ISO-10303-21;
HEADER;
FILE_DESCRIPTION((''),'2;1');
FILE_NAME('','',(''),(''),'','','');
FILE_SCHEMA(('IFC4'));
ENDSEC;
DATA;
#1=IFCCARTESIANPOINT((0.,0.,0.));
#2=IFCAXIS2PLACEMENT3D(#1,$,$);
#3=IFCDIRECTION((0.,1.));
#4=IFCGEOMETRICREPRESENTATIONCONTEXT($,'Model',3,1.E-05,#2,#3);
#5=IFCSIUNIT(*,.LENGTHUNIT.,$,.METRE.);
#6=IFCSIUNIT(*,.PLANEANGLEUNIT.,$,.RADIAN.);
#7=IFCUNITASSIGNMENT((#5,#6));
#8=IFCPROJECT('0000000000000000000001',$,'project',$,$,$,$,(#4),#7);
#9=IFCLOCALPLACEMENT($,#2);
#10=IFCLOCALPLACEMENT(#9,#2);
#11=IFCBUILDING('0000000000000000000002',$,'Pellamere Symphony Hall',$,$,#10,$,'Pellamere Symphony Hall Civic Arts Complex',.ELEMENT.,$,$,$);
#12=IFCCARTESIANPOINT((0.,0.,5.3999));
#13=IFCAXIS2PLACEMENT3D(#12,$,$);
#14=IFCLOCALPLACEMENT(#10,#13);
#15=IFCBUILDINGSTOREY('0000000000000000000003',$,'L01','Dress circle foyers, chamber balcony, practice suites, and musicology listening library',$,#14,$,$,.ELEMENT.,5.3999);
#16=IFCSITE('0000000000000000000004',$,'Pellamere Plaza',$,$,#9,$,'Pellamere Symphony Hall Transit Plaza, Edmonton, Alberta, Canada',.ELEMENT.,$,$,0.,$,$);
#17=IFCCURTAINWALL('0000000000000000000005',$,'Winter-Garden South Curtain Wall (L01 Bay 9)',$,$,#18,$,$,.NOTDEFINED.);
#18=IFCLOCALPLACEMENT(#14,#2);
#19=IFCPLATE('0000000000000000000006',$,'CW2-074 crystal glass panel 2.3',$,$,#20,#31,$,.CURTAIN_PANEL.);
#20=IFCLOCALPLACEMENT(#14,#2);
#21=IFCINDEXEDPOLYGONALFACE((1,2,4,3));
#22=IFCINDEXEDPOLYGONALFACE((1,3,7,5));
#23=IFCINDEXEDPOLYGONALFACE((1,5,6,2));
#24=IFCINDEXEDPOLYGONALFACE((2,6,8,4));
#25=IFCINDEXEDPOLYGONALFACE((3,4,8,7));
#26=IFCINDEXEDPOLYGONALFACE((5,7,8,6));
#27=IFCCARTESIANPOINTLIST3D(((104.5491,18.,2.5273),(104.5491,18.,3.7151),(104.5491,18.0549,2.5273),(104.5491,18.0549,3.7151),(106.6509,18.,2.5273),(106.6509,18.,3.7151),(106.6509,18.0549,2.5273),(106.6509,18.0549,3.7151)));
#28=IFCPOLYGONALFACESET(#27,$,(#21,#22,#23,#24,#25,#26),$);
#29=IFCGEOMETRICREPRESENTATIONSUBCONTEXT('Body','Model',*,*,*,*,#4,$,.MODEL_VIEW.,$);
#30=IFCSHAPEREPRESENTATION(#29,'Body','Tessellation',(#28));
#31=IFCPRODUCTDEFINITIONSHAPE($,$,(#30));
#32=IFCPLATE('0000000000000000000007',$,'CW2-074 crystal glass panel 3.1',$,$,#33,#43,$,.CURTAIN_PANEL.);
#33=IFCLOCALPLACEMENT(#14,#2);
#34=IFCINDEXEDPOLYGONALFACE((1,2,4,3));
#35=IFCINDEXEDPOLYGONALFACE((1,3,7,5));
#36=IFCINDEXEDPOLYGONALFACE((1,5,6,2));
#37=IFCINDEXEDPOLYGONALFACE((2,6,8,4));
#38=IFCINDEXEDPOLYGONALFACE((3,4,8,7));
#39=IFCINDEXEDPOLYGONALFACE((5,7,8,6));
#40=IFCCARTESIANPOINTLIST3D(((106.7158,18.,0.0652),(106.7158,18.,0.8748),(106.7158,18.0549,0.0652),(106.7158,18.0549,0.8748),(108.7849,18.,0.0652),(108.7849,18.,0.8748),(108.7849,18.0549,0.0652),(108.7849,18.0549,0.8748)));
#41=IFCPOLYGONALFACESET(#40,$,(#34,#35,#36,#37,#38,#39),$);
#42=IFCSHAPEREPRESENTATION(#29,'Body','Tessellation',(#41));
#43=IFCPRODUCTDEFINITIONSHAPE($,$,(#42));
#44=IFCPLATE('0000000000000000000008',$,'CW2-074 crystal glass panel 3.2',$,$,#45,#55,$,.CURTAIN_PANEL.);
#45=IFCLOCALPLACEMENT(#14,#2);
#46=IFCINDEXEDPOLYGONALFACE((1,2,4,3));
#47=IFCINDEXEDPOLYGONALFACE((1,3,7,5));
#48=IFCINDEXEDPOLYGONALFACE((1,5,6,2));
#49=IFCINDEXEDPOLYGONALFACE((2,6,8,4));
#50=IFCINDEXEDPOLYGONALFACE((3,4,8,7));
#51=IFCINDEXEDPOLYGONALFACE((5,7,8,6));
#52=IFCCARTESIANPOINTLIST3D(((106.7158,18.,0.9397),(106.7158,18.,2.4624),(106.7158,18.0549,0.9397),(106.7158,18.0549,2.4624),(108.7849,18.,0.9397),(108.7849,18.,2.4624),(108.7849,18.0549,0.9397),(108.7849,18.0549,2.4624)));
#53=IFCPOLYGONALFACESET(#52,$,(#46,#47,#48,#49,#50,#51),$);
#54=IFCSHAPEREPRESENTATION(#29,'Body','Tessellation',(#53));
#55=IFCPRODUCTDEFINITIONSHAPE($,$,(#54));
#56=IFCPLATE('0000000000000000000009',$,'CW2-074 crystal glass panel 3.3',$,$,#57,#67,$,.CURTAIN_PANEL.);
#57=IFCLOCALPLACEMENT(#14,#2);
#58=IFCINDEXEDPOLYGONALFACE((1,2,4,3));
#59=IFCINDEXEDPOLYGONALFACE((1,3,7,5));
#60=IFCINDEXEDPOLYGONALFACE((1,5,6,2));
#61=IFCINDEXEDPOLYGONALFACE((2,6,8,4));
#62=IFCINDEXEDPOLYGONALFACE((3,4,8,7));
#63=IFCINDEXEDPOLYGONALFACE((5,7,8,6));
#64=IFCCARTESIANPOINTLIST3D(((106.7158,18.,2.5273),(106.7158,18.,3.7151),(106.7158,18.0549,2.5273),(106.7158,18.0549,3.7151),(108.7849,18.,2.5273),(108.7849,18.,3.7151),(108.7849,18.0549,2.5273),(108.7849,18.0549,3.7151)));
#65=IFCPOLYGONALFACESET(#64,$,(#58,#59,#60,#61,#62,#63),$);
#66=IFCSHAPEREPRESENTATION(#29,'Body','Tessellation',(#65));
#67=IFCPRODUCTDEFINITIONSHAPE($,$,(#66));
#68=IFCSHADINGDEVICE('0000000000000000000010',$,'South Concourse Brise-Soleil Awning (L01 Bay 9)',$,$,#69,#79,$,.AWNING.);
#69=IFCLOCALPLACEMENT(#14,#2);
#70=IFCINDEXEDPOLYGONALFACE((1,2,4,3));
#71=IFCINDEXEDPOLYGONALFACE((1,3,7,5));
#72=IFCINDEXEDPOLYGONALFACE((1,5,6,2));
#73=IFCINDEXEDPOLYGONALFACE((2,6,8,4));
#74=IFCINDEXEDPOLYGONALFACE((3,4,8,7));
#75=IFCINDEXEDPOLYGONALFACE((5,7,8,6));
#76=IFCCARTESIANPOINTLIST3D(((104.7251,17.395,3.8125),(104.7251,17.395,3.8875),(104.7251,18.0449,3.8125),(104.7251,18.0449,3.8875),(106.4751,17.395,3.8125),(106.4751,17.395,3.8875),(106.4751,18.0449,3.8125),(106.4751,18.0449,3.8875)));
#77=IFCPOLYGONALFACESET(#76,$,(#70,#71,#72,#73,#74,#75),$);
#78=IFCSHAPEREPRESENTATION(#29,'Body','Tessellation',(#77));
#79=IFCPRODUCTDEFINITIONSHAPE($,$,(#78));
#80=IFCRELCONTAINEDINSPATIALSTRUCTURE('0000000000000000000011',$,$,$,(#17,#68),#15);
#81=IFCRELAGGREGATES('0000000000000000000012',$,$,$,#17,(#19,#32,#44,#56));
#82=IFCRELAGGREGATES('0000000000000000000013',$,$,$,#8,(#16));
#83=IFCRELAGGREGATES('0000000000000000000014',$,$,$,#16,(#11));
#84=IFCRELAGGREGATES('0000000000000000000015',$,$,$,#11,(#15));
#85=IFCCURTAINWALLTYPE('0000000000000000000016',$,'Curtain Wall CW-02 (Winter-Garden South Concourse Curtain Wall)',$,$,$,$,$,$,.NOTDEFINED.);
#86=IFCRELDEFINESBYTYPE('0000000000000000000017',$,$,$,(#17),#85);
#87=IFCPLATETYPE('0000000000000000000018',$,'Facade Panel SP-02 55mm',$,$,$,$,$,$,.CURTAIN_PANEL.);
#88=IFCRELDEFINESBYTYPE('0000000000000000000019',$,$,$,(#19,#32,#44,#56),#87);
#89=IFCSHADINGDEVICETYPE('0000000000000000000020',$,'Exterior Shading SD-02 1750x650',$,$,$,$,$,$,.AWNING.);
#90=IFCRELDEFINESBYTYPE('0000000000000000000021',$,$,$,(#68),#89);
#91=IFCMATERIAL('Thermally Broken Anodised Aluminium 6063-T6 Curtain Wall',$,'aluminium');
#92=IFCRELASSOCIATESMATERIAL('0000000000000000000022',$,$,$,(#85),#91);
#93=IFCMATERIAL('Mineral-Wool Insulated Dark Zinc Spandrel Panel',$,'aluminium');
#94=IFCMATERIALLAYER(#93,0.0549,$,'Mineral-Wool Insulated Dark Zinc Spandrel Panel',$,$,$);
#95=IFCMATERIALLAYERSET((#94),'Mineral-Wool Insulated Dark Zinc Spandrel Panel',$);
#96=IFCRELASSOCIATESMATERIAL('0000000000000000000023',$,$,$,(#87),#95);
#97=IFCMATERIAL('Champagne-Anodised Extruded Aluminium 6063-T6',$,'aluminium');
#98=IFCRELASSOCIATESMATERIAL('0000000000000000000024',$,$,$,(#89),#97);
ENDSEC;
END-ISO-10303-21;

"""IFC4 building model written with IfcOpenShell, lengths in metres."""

from ifc_helpers import new_model, si_unit, direction, frame, origin, origin_2d, place, context, subcontext, project, spatial, polyline, rectangle, outline, extrude, material, layer, layer_set, type_object, element, aggregate, save


model = new_model("IFC4")

# Units and contexts
model_context = context("Model", 3, precision=1e-05, world=origin(), true_north=direction((0.0, 1.0)))
body_context = subcontext(model_context, "Body", "Model", "MODEL_VIEW")
ifc_project = project(units=[si_unit("LENGTHUNIT", "METRE"), si_unit("PLANEANGLEUNIT", "RADIAN")], contexts=[model_context])

# Site, building, storey
site_placement = place(None, origin())
site = spatial("IfcSite", under=ifc_project, at=site_placement, Name="Pellamere Plaza", LongName="Pellamere Symphony Hall Transit Plaza, Edmonton, Alberta, Canada", CompositionType="ELEMENT", RefElevation=0.0)
building_placement = place(site_placement, origin())
building = spatial("IfcBuilding", under=site, at=building_placement, Name="Pellamere Symphony Hall", LongName="Pellamere Symphony Hall Civic Arts Complex", CompositionType="ELEMENT")
storey_placement = place(building_placement, frame((0.0, 0.0, 5.3999)))
storey = spatial("IfcBuildingStorey", under=building, at=storey_placement, Name="L01", Description="Dress circle foyers, chamber balcony, practice suites, and musicology listening library", CompositionType="ELEMENT", Elevation=5.3999)

# Shared definitions
ifc_material_1 = material(Name="Thermally Broken Anodised Aluminium 6063-T6 Curtain Wall", Category="aluminium")
curtain_wall_type = type_object("IfcCurtainWallType", Name="Curtain Wall CW-02 (Winter-Garden South Concourse Curtain Wall)", PredefinedType="NOTDEFINED", material=ifc_material_1)

# Curtain wall
curtain_wall_1_placement = place(storey_placement, origin())
curtain_wall_1 = element("IfcCurtainWall", 1, at=curtain_wall_1_placement, inside=storey, type_object=curtain_wall_type, Name="Winter-Garden South Curtain Wall (L01 Bay 9)", PredefinedType="NOTDEFINED")

# Plates
ifc_material_2 = material(Name="Mineral-Wool Insulated Dark Zinc Spandrel Panel", Category="aluminium")
ifc_layer_1 = layer(ifc_material_2, 0.0549, Name="Mineral-Wool Insulated Dark Zinc Spandrel Panel")
ifc_layer_set_1 = layer_set([ifc_layer_1], Name="Mineral-Wool Insulated Dark Zinc Spandrel Panel")
plate_type_1 = type_object("IfcPlateType", Name="Facade Panel SP-02 55mm", PredefinedType="CURTAIN_PANEL", material=ifc_layer_set_1)
plate_1_placement = place(storey_placement, frame((104.5491, 18.0, 2.5273), z_axis=(0.0, -1.0, 0.0), x_axis=(1.0, 0.0, 0.0)))
plate_1 = element("IfcPlate", 2, at=plate_1_placement, type_object=plate_type_1, Name="CW2-074 crystal glass panel 2.3", PredefinedType="CURTAIN_PANEL", context=body_context, shape_type="SweptSolid", body=[
    extrude(outline(polyline([(0.0, 0.0), (2.1018, 0.0), (2.1018, 1.1877), (0.0, 1.1877), (0.0, 0.0)])), origin(), (0.0, 0.0, -1.0), 0.0549),
])
plate_2_placement = place(storey_placement, frame((106.7158, 18.0, 0.0652), z_axis=(0.0, -1.0, 0.0), x_axis=(1.0, 0.0, 0.0)))
plate_2 = element("IfcPlate", 3, at=plate_2_placement, type_object=plate_type_1, Name="CW2-074 crystal glass panel 3.1", PredefinedType="CURTAIN_PANEL", context=body_context, shape_type="SweptSolid", body=[
    extrude(outline(polyline([(0.0, 0.0), (2.0691, 0.0), (2.0691, 0.8096), (0.0, 0.8096), (0.0, 0.0)])), origin(), (0.0, 0.0, -1.0), 0.0549),
])
plate_3_placement = place(storey_placement, frame((106.7158, 18.0, 0.9397), z_axis=(0.0, -1.0, 0.0), x_axis=(1.0, 0.0, 0.0)))
plate_3 = element("IfcPlate", 4, at=plate_3_placement, type_object=plate_type_1, Name="CW2-074 crystal glass panel 3.2", PredefinedType="CURTAIN_PANEL", context=body_context, shape_type="SweptSolid", body=[
    extrude(outline(polyline([(0.0, 0.0), (2.0691, 0.0), (2.0691, 1.5227), (0.0, 1.5227), (0.0, 0.0)])), origin(), (0.0, 0.0, -1.0), 0.0549),
])
plate_4_placement = place(storey_placement, frame((106.7158, 18.0, 2.5273), z_axis=(0.0, -1.0, 0.0), x_axis=(1.0, 0.0, 0.0)))
plate_4 = element("IfcPlate", 5, at=plate_4_placement, type_object=plate_type_1, Name="CW2-074 crystal glass panel 3.3", PredefinedType="CURTAIN_PANEL", context=body_context, shape_type="SweptSolid", body=[
    extrude(outline(polyline([(0.0, 0.0), (2.0691, 0.0), (2.0691, 1.1877), (0.0, 1.1877), (0.0, 0.0)])), origin(), (0.0, 0.0, -1.0), 0.0549),
])
aggregate(curtain_wall_1, [plate_1, plate_2, plate_3, plate_4])

# Shading device
ifc_material_3 = material(Name="Champagne-Anodised Extruded Aluminium 6063-T6", Category="aluminium")
shading_device_type = type_object("IfcShadingDeviceType", Name="Exterior Shading SD-02 1750x650", PredefinedType="AWNING", material=ifc_material_3)
shading_device_placement = place(storey_placement, frame((105.6001, 17.72, 3.8125), z_axis=(0.0, 0.0, 1.0), x_axis=(1.0, 0.0, 0.0)))
element("IfcShadingDevice", 6, at=shading_device_placement, inside=storey, type_object=shading_device_type, Name="South Concourse Brise-Soleil Awning (L01 Bay 9)", PredefinedType="AWNING", context=body_context, shape_type="SweptSolid", body=[
    extrude(rectangle(XDim=1.75, YDim=0.6499, at=origin_2d()), origin(), (0.0, 0.0, 1.0), 0.075),
])

save(model, "model.ifc")
